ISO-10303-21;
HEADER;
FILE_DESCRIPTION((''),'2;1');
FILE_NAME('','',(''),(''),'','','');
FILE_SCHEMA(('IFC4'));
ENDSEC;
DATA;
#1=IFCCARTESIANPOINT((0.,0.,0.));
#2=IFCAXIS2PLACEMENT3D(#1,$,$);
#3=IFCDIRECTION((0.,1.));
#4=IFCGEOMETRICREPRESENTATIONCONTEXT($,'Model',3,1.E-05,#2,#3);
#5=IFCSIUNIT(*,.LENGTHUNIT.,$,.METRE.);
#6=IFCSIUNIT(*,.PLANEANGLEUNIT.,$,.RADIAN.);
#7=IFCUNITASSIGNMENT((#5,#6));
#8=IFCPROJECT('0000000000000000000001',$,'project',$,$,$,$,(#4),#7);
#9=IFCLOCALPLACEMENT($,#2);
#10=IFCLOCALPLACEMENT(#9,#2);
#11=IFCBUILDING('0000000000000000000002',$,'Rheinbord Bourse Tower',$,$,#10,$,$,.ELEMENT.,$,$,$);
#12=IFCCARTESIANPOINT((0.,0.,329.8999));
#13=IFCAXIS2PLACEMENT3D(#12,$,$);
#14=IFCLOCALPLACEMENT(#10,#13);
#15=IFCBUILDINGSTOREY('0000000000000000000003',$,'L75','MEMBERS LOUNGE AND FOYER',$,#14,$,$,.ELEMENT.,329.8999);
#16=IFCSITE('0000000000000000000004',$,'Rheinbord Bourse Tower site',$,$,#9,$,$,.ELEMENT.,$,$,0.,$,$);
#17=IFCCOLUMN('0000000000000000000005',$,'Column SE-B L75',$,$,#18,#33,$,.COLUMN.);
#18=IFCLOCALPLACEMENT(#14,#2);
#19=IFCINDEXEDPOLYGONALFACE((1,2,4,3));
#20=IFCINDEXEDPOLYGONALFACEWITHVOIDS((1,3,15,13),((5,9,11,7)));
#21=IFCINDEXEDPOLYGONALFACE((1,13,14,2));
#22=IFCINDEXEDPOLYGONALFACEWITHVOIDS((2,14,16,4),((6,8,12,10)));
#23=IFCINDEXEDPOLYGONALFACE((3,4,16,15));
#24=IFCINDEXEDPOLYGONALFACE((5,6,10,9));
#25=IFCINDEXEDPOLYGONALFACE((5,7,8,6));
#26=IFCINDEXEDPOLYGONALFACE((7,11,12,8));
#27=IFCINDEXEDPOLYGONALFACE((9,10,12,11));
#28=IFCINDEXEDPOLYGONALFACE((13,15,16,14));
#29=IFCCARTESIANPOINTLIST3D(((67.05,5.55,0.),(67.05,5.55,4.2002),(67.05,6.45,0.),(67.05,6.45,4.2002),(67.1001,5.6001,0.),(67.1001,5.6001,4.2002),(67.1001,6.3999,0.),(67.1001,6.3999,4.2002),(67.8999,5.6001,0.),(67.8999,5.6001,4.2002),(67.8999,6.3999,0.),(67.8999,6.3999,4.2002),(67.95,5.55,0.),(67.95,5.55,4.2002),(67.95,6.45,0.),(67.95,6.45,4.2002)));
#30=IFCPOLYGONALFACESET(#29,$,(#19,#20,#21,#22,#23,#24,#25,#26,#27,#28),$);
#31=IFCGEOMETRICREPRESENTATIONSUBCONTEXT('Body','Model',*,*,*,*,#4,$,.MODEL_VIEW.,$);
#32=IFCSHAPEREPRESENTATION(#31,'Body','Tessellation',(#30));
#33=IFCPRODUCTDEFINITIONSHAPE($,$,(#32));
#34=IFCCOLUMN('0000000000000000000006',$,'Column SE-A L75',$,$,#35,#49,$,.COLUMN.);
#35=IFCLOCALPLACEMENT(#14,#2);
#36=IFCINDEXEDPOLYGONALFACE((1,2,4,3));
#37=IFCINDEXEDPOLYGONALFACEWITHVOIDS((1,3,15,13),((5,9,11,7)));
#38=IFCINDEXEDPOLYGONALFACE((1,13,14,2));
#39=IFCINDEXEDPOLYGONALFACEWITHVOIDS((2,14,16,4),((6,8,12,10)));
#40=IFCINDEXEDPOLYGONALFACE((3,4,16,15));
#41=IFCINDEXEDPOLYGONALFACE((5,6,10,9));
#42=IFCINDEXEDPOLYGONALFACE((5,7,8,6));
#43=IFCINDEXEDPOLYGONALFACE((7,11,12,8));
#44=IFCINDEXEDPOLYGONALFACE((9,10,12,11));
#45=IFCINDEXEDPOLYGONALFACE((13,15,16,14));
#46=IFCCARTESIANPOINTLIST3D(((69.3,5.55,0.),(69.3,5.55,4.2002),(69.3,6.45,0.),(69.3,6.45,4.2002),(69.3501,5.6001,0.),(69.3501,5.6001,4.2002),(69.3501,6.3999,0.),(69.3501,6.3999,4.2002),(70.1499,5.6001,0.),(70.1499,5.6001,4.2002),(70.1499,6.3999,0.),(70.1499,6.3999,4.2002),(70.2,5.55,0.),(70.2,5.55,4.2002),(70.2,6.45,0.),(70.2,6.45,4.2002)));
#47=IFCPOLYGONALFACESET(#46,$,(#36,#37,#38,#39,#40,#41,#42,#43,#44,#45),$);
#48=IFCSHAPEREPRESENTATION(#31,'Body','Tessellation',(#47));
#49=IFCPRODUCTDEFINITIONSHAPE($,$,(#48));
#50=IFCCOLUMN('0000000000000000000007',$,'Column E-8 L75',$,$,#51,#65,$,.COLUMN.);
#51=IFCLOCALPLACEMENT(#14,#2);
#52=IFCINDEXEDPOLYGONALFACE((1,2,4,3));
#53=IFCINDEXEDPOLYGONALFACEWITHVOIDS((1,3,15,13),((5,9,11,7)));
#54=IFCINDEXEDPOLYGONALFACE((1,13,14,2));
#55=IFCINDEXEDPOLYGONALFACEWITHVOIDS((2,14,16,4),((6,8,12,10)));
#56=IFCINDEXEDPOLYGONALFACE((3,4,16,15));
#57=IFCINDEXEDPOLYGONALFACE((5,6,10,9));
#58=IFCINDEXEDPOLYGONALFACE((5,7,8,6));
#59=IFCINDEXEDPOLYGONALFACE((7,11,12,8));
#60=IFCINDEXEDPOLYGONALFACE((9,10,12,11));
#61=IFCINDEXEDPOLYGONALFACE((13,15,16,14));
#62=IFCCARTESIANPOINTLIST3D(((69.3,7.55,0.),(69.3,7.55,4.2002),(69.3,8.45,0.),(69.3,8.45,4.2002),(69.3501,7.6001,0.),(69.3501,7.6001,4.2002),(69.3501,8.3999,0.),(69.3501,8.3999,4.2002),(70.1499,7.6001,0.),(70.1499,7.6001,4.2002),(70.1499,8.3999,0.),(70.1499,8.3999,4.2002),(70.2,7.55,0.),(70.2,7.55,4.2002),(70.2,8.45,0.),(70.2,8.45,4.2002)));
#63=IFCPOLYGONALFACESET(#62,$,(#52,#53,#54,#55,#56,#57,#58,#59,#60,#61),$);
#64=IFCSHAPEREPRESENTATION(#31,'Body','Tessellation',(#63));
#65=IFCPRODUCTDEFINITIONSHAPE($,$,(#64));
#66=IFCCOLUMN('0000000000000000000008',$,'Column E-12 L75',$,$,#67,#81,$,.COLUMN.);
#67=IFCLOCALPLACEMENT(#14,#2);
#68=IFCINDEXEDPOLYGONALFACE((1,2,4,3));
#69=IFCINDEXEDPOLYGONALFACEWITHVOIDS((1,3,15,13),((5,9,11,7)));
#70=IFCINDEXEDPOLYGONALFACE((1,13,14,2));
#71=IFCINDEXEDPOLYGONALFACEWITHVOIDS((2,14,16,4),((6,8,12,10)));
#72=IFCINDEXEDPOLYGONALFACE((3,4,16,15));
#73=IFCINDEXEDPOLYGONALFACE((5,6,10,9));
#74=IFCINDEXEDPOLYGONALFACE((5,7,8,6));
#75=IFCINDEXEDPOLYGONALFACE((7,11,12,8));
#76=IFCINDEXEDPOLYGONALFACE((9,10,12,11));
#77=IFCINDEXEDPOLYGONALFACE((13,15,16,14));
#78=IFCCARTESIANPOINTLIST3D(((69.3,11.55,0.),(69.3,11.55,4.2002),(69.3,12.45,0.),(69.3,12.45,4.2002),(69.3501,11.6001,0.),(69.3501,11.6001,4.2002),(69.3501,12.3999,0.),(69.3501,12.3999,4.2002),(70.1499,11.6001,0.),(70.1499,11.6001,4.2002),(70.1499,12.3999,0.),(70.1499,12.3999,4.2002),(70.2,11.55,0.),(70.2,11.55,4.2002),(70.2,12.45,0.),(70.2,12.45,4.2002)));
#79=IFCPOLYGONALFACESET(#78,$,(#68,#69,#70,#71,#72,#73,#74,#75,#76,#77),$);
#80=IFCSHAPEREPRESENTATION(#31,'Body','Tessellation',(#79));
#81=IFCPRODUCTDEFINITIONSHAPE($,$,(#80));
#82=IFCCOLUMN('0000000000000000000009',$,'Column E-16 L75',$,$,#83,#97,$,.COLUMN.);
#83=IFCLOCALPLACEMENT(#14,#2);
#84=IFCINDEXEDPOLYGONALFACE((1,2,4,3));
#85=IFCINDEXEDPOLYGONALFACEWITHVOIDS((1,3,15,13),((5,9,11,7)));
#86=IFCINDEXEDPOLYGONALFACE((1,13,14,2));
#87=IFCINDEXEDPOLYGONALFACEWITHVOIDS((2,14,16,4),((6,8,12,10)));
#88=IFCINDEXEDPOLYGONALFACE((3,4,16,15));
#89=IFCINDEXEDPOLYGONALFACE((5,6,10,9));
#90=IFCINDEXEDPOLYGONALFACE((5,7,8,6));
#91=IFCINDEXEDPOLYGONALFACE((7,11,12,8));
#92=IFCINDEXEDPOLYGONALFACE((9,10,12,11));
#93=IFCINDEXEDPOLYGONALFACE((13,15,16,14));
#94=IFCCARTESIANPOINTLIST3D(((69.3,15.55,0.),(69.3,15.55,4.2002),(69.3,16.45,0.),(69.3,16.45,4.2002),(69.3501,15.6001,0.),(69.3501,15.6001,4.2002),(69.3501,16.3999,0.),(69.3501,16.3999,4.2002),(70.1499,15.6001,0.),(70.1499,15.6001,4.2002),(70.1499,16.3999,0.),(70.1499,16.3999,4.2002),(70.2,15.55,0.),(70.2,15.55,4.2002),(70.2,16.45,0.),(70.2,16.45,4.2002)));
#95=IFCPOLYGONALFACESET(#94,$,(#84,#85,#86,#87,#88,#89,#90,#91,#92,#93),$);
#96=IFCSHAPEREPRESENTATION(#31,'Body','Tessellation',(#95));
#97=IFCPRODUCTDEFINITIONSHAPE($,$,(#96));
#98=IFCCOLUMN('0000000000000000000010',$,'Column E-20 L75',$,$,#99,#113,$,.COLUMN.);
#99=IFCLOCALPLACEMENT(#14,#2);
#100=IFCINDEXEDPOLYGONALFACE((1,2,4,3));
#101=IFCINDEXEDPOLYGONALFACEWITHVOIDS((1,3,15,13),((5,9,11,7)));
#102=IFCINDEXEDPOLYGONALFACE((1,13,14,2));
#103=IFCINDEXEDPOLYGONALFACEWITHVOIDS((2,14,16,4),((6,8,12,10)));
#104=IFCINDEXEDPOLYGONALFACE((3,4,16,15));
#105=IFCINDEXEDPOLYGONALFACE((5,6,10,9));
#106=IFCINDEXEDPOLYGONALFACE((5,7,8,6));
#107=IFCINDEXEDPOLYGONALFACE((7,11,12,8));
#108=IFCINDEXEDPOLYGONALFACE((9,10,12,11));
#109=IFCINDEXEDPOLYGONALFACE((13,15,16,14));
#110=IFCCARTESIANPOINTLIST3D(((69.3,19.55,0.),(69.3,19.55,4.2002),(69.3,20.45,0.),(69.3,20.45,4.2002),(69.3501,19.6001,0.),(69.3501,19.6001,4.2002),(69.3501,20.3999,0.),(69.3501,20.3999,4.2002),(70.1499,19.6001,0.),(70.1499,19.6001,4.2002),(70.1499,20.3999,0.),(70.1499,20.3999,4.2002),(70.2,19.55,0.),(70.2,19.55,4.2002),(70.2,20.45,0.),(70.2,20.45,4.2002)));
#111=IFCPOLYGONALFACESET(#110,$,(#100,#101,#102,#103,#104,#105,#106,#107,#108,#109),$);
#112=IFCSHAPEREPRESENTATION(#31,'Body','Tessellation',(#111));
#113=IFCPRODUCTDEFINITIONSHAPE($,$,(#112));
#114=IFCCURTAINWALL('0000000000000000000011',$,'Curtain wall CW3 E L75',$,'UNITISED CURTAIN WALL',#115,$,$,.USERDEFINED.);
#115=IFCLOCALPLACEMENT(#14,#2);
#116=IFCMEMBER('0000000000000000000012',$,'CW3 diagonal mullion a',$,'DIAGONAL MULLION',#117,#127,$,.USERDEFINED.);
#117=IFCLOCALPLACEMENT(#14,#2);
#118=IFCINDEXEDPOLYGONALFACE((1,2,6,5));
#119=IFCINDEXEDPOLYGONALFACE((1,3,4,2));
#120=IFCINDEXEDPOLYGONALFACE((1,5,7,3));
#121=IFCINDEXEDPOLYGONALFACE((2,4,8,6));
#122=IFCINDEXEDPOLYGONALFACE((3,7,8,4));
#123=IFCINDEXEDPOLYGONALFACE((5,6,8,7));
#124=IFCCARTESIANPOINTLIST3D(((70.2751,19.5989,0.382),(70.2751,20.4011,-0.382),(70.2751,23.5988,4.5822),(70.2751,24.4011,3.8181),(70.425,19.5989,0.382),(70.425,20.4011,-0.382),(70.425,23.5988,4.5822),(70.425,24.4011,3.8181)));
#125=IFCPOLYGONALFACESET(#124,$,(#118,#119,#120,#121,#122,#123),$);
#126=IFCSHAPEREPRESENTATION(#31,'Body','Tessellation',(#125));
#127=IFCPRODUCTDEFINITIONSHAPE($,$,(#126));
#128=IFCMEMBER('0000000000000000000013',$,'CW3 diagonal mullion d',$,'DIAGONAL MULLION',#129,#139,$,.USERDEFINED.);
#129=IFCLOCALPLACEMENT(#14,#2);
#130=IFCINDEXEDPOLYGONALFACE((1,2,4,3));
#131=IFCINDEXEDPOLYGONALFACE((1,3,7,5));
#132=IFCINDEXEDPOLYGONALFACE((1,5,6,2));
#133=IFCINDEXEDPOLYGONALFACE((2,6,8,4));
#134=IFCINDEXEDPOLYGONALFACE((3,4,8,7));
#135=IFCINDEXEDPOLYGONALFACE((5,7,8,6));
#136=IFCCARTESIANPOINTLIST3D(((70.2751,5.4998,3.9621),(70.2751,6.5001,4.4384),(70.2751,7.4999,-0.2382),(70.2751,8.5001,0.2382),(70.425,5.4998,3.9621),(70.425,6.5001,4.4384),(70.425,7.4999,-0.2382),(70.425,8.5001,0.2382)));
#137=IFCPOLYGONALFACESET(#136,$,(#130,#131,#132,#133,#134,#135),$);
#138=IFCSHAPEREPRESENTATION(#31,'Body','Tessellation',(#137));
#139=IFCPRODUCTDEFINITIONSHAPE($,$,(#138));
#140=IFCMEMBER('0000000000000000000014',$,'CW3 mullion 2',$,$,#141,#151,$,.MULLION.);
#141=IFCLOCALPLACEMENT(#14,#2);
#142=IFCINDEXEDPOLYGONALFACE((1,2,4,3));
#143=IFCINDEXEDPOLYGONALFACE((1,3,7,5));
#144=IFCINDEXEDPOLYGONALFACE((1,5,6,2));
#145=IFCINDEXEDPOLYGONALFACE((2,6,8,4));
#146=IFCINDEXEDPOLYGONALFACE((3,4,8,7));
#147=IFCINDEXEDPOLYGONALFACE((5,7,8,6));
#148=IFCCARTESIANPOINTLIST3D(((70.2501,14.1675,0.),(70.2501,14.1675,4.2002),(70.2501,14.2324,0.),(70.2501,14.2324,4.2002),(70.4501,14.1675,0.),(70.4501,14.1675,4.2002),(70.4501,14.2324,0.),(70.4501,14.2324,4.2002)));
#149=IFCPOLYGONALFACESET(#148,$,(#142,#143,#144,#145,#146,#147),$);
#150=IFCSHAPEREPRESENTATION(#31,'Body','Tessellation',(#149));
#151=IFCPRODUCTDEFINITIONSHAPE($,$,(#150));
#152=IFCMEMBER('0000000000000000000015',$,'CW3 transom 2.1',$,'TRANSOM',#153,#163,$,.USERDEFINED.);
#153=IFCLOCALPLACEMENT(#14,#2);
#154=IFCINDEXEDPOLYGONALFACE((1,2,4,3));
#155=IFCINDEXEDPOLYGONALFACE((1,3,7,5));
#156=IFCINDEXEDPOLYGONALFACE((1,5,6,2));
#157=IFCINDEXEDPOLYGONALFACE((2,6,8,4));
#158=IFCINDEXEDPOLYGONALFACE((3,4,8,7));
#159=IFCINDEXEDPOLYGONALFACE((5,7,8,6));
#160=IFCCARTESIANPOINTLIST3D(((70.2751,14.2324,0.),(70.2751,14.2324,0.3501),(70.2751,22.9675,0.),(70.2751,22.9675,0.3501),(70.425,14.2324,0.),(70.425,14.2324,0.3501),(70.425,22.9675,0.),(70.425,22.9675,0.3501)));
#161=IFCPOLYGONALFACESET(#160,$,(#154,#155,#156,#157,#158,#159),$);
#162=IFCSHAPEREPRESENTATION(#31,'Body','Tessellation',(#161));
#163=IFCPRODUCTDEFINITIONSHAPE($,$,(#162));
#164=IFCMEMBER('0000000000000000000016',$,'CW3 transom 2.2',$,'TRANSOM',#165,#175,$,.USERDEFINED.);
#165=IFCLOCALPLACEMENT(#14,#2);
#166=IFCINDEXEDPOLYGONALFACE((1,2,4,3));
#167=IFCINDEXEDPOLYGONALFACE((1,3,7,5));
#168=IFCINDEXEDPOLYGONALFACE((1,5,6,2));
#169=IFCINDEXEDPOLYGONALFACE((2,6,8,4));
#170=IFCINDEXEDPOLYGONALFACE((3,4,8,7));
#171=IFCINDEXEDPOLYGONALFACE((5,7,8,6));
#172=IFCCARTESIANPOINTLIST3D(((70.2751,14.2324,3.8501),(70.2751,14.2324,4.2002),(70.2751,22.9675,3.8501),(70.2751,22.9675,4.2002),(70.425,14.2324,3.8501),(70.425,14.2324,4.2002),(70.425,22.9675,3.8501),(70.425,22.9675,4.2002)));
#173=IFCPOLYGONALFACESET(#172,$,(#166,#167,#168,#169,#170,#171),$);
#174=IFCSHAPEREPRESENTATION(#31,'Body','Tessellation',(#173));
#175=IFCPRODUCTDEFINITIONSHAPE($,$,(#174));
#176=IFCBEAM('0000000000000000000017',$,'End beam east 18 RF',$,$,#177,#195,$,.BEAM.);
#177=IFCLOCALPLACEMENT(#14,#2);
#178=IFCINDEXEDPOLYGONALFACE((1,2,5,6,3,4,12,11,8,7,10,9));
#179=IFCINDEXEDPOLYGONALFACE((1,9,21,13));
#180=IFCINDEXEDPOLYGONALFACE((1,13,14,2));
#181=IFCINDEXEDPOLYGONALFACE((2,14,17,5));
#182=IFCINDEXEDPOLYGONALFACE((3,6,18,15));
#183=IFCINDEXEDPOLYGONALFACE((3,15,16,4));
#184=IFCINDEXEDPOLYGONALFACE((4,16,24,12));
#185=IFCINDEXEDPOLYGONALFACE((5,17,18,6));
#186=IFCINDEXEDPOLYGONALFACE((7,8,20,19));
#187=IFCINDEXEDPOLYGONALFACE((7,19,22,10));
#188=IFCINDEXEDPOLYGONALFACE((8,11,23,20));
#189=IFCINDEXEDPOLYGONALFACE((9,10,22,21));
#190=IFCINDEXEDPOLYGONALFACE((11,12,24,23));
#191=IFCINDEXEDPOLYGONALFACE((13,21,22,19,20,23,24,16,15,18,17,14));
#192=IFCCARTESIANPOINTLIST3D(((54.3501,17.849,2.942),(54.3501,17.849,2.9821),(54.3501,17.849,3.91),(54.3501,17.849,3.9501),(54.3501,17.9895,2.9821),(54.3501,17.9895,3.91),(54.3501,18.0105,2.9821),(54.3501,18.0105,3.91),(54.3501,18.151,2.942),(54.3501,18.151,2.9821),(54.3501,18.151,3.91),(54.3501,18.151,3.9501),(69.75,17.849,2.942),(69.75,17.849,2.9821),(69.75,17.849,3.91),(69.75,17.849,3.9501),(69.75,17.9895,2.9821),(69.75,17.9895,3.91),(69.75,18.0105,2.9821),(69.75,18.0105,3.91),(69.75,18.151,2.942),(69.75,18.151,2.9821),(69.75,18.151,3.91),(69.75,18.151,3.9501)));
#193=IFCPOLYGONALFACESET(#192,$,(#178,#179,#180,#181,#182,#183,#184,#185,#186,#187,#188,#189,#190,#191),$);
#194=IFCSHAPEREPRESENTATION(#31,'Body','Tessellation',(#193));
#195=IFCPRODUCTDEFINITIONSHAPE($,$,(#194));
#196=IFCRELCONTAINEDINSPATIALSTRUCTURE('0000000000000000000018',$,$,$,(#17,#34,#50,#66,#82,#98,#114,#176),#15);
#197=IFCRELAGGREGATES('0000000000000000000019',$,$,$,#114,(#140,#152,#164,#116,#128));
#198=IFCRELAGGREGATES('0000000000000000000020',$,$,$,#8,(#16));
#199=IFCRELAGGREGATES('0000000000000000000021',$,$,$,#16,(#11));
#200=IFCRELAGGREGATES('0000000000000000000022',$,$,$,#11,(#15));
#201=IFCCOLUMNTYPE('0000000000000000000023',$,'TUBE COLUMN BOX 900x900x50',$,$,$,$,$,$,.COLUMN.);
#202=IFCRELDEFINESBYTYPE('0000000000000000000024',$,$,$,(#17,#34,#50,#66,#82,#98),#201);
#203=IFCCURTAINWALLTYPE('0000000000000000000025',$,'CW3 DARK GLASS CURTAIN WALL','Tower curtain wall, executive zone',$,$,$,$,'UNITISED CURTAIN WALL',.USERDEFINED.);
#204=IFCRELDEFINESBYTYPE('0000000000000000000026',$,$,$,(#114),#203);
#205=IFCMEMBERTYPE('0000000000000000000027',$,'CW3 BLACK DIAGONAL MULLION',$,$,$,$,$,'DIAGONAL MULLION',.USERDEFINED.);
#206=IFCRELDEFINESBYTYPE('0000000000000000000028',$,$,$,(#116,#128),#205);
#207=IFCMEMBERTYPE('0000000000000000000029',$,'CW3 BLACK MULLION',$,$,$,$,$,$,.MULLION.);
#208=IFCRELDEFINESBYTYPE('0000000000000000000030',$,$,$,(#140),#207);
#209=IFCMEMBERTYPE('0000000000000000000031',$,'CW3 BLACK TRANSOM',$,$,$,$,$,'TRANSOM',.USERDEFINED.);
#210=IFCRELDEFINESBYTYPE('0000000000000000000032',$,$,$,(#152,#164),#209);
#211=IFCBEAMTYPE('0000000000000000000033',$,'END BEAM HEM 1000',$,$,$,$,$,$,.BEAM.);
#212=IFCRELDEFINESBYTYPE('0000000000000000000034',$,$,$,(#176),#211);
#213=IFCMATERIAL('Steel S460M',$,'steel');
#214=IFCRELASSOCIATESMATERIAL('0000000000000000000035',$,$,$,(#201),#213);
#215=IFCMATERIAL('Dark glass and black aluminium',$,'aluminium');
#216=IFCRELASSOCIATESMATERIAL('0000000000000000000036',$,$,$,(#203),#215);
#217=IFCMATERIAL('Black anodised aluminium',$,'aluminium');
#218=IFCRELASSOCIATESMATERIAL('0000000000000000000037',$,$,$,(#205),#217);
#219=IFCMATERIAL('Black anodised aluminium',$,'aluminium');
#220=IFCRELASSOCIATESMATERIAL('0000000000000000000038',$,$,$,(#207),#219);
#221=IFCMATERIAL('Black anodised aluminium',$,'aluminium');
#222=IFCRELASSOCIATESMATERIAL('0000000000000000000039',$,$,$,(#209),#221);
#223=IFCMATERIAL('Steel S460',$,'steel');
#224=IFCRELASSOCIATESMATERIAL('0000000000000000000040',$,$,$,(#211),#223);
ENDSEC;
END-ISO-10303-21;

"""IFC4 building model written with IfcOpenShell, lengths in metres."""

from ifc_helpers import new_model, si_unit, direction, frame, origin, origin_2d, place, context, subcontext, project, spatial, rectangle, hollow_rectangle, i_section, extrude, material, material_profile, profile_set, type_object, element, aggregate, save


model = new_model("IFC4")

# Units and contexts
model_context = context("Model", 3, precision=1e-05, world=origin(), true_north=direction((0.0, 1.0)))
body_context = subcontext(model_context, "Body", "Model", "MODEL_VIEW")
ifc_project = project(units=[si_unit("LENGTHUNIT", "METRE"), si_unit("PLANEANGLEUNIT", "RADIAN")], contexts=[model_context])

# Site, building, storey
site_placement = place(None, origin())
site = spatial("IfcSite", under=ifc_project, at=site_placement, Name="Rheinbord Bourse Tower site", CompositionType="ELEMENT", RefElevation=0.0)
building_placement = place(site_placement, origin())
building = spatial("IfcBuilding", under=site, at=building_placement, Name="Rheinbord Bourse Tower", CompositionType="ELEMENT")
storey_placement = place(building_placement, frame((0.0, 0.0, 329.8999)))
storey = spatial("IfcBuildingStorey", under=building, at=storey_placement, Name="L75", Description="MEMBERS LOUNGE AND FOYER", CompositionType="ELEMENT", Elevation=329.8999)

# Columns
ifc_material_1 = material(Name="Steel S460M", Category="steel")
ifc_material_profile_1 = material_profile(ifc_material_1, hollow_rectangle(XDim=0.8999, YDim=0.8999, WallThickness=0.05, at=origin_2d()), Name="BOX 900x900x50")
ifc_profile_set_1 = profile_set([ifc_material_profile_1], Name="Steel S460M")
column_type = type_object("IfcColumnType", Name="TUBE COLUMN BOX 900x900x50", PredefinedType="COLUMN", material=ifc_profile_set_1)
for number, where, z_axis, x_axis, name in (
    (1, (67.5, 6.0, 0.0), (0.0, 0.0, 1.0), (1.0, 0.0, 0.0), "Column SE-B L75"),
    (2, (69.75, 6.0, 0.0), (0.0, 0.0, 1.0), (1.0, 0.0, 0.0), "Column SE-A L75"),
    (3, (69.75, 8.0, 0.0), (0.0, 0.0, 1.0), (1.0, 0.0, 0.0), "Column E-8 L75"),
    (4, (69.75, 12.0, 0.0), (0.0, 0.0, 1.0), (1.0, 0.0, 0.0), "Column E-12 L75"),
    (5, (69.75, 16.0, 0.0), (0.0, 0.0, 1.0), (1.0, 0.0, 0.0), "Column E-16 L75"),
    (6, (69.75, 20.0, 0.0), (0.0, 0.0, 1.0), (1.0, 0.0, 0.0), "Column E-20 L75"),
):
    element("IfcColumn", number, at=place(storey_placement, frame(where, z_axis=z_axis, x_axis=x_axis)), inside=storey, type_object=column_type, Name=name, PredefinedType="COLUMN", context=body_context, shape_type="SweptSolid", body=[
        extrude(hollow_rectangle(XDim=0.8999, YDim=0.8999, WallThickness=0.05, at=origin_2d()), origin(), (0.0, 0.0, 1.0), 4.2002),
    ])

# Curtain wall, members
ifc_material_2 = material(Name="Dark glass and black aluminium", Category="aluminium")
curtain_wall_type = type_object("IfcCurtainWallType", Name="CW3 DARK GLASS CURTAIN WALL", Description="Tower curtain wall, executive zone", ElementType="UNITISED CURTAIN WALL", PredefinedType="USERDEFINED", material=ifc_material_2)
curtain_wall_placement = place(storey_placement, origin())
curtain_wall = element("IfcCurtainWall", 7, at=curtain_wall_placement, inside=storey, type_object=curtain_wall_type, Name="Curtain wall CW3 E L75", ObjectType="UNITISED CURTAIN WALL", PredefinedType="USERDEFINED")
ifc_material_3 = material(Name="Black anodised aluminium", Category="aluminium")
ifc_material_profile_2 = material_profile(ifc_material_3, rectangle(XDim=0.1499, YDim=1.1079, at=origin_2d()), Name="CW3 DIAGONAL MULLION 1108x150")
ifc_profile_set_2 = profile_set([ifc_material_profile_2], Name="Black anodised aluminium")
member_type_1 = type_object("IfcMemberType", Name="CW3 BLACK DIAGONAL MULLION", ElementType="DIAGONAL MULLION", PredefinedType="USERDEFINED", material=ifc_profile_set_2)
member_1_placement = place(storey_placement, frame((70.3501, 20.0, 0.0), z_axis=(0.0, 0.689638, 0.724154), x_axis=(-1.0, 0.0, 0.0)))
member_1 = element("IfcMember", 8, at=member_1_placement, type_object=member_type_1, Name="CW3 diagonal mullion a", ObjectType="DIAGONAL MULLION", PredefinedType="USERDEFINED", context=body_context, shape_type="SweptSolid", body=[
    extrude(rectangle(XDim=0.1499, YDim=1.1079, at=origin_2d()), origin(), (0.0, 0.0, 1.0), 5.8),
])
member_2_placement = place(storey_placement, frame((70.3501, 8.0, 0.0), z_axis=(0.0, -0.429917, 0.902868), x_axis=(1.0, 0.0, 0.0)))
member_2 = element("IfcMember", 9, at=member_2_placement, type_object=member_type_1, Name="CW3 diagonal mullion d", ObjectType="DIAGONAL MULLION", PredefinedType="USERDEFINED", context=body_context, shape_type="SweptSolid", body=[
    extrude(rectangle(XDim=0.1499, YDim=1.1079, at=origin_2d()), origin(), (0.0, 0.0, 1.0), 4.6521),
])
ifc_material_4 = material(Name="Black anodised aluminium", Category="aluminium")
ifc_material_profile_3 = material_profile(ifc_material_4, rectangle(XDim=0.2, YDim=0.0649, at=origin_2d()), Name="CW3 MULLION 65x200")
ifc_profile_set_3 = profile_set([ifc_material_profile_3], Name="Black anodised aluminium")
member_type_2 = type_object("IfcMemberType", Name="CW3 BLACK MULLION", PredefinedType="MULLION", material=ifc_profile_set_3)
member_3_placement = place(storey_placement, frame((70.3501, 14.2, 0.0), z_axis=(0.0, 0.0, 1.0), x_axis=(-1.0, 0.0, 0.0)))
member_3 = element("IfcMember", 10, at=member_3_placement, type_object=member_type_2, Name="CW3 mullion 2", PredefinedType="MULLION", context=body_context, shape_type="SweptSolid", body=[
    extrude(rectangle(XDim=0.2, YDim=0.0649, at=origin_2d()), origin(), (0.0, 0.0, 1.0), 4.2002),
])
ifc_material_5 = material(Name="Black anodised aluminium", Category="aluminium")
ifc_material_profile_4 = material_profile(ifc_material_5, rectangle(XDim=0.1499, YDim=0.3501, at=origin_2d()), Name="CW3 TRANSOM 350x150")
ifc_profile_set_4 = profile_set([ifc_material_profile_4], Name="Black anodised aluminium")
member_type_3 = type_object("IfcMemberType", Name="CW3 BLACK TRANSOM", ElementType="TRANSOM", PredefinedType="USERDEFINED", material=ifc_profile_set_4)
member_4_placement = place(storey_placement, frame((70.3501, 14.2324, 0.175), z_axis=(0.0, 1.0, 0.0), x_axis=(-1.0, 0.0, 0.0)))
member_4 = element("IfcMember", 11, at=member_4_placement, type_object=member_type_3, Name="CW3 transom 2.1", ObjectType="TRANSOM", PredefinedType="USERDEFINED", context=body_context, shape_type="SweptSolid", body=[
    extrude(rectangle(XDim=0.1499, YDim=0.3501, at=origin_2d()), origin(), (0.0, 0.0, 1.0), 8.7351),
])
member_5_placement = place(storey_placement, frame((70.3501, 14.2324, 4.0251), z_axis=(0.0, 1.0, 0.0), x_axis=(-1.0, 0.0, 0.0)))
member_5 = element("IfcMember", 12, at=member_5_placement, type_object=member_type_3, Name="CW3 transom 2.2", ObjectType="TRANSOM", PredefinedType="USERDEFINED", context=body_context, shape_type="SweptSolid", body=[
    extrude(rectangle(XDim=0.1499, YDim=0.3501, at=origin_2d()), origin(), (0.0, 0.0, 1.0), 8.7351),
])

# Beam
ifc_material_6 = material(Name="Steel S460", Category="steel")
ifc_material_profile_5 = material_profile(ifc_material_6, i_section(OverallWidth=0.302, OverallDepth=1.0081, WebThickness=0.021, FlangeThickness=0.04, at=origin_2d()), Name="HEM 1000")
ifc_profile_set_5 = profile_set([ifc_material_profile_5], Name="Steel S460")
beam_type_1 = type_object("IfcBeamType", Name="END BEAM HEM 1000", PredefinedType="BEAM", material=ifc_profile_set_5)
beam_1_placement = place(storey_placement, frame((54.3501, 18.0, 3.446), z_axis=(1.0, 0.0, 0.0), x_axis=(0.0, 1.0, 0.0)))
element("IfcBeam", 13, at=beam_1_placement, inside=storey, type_object=beam_type_1, Name="End beam east 18 RF", PredefinedType="BEAM", context=body_context, shape_type="SweptSolid", body=[
    extrude(i_section(OverallWidth=0.302, OverallDepth=1.0081, WebThickness=0.021, FlangeThickness=0.04, at=origin_2d()), origin(), (0.0, 0.0, 1.0), 15.3999),
])

aggregate(curtain_wall, [member_3, member_4, member_5, member_1, member_2])

save(model, "model.ifc")
